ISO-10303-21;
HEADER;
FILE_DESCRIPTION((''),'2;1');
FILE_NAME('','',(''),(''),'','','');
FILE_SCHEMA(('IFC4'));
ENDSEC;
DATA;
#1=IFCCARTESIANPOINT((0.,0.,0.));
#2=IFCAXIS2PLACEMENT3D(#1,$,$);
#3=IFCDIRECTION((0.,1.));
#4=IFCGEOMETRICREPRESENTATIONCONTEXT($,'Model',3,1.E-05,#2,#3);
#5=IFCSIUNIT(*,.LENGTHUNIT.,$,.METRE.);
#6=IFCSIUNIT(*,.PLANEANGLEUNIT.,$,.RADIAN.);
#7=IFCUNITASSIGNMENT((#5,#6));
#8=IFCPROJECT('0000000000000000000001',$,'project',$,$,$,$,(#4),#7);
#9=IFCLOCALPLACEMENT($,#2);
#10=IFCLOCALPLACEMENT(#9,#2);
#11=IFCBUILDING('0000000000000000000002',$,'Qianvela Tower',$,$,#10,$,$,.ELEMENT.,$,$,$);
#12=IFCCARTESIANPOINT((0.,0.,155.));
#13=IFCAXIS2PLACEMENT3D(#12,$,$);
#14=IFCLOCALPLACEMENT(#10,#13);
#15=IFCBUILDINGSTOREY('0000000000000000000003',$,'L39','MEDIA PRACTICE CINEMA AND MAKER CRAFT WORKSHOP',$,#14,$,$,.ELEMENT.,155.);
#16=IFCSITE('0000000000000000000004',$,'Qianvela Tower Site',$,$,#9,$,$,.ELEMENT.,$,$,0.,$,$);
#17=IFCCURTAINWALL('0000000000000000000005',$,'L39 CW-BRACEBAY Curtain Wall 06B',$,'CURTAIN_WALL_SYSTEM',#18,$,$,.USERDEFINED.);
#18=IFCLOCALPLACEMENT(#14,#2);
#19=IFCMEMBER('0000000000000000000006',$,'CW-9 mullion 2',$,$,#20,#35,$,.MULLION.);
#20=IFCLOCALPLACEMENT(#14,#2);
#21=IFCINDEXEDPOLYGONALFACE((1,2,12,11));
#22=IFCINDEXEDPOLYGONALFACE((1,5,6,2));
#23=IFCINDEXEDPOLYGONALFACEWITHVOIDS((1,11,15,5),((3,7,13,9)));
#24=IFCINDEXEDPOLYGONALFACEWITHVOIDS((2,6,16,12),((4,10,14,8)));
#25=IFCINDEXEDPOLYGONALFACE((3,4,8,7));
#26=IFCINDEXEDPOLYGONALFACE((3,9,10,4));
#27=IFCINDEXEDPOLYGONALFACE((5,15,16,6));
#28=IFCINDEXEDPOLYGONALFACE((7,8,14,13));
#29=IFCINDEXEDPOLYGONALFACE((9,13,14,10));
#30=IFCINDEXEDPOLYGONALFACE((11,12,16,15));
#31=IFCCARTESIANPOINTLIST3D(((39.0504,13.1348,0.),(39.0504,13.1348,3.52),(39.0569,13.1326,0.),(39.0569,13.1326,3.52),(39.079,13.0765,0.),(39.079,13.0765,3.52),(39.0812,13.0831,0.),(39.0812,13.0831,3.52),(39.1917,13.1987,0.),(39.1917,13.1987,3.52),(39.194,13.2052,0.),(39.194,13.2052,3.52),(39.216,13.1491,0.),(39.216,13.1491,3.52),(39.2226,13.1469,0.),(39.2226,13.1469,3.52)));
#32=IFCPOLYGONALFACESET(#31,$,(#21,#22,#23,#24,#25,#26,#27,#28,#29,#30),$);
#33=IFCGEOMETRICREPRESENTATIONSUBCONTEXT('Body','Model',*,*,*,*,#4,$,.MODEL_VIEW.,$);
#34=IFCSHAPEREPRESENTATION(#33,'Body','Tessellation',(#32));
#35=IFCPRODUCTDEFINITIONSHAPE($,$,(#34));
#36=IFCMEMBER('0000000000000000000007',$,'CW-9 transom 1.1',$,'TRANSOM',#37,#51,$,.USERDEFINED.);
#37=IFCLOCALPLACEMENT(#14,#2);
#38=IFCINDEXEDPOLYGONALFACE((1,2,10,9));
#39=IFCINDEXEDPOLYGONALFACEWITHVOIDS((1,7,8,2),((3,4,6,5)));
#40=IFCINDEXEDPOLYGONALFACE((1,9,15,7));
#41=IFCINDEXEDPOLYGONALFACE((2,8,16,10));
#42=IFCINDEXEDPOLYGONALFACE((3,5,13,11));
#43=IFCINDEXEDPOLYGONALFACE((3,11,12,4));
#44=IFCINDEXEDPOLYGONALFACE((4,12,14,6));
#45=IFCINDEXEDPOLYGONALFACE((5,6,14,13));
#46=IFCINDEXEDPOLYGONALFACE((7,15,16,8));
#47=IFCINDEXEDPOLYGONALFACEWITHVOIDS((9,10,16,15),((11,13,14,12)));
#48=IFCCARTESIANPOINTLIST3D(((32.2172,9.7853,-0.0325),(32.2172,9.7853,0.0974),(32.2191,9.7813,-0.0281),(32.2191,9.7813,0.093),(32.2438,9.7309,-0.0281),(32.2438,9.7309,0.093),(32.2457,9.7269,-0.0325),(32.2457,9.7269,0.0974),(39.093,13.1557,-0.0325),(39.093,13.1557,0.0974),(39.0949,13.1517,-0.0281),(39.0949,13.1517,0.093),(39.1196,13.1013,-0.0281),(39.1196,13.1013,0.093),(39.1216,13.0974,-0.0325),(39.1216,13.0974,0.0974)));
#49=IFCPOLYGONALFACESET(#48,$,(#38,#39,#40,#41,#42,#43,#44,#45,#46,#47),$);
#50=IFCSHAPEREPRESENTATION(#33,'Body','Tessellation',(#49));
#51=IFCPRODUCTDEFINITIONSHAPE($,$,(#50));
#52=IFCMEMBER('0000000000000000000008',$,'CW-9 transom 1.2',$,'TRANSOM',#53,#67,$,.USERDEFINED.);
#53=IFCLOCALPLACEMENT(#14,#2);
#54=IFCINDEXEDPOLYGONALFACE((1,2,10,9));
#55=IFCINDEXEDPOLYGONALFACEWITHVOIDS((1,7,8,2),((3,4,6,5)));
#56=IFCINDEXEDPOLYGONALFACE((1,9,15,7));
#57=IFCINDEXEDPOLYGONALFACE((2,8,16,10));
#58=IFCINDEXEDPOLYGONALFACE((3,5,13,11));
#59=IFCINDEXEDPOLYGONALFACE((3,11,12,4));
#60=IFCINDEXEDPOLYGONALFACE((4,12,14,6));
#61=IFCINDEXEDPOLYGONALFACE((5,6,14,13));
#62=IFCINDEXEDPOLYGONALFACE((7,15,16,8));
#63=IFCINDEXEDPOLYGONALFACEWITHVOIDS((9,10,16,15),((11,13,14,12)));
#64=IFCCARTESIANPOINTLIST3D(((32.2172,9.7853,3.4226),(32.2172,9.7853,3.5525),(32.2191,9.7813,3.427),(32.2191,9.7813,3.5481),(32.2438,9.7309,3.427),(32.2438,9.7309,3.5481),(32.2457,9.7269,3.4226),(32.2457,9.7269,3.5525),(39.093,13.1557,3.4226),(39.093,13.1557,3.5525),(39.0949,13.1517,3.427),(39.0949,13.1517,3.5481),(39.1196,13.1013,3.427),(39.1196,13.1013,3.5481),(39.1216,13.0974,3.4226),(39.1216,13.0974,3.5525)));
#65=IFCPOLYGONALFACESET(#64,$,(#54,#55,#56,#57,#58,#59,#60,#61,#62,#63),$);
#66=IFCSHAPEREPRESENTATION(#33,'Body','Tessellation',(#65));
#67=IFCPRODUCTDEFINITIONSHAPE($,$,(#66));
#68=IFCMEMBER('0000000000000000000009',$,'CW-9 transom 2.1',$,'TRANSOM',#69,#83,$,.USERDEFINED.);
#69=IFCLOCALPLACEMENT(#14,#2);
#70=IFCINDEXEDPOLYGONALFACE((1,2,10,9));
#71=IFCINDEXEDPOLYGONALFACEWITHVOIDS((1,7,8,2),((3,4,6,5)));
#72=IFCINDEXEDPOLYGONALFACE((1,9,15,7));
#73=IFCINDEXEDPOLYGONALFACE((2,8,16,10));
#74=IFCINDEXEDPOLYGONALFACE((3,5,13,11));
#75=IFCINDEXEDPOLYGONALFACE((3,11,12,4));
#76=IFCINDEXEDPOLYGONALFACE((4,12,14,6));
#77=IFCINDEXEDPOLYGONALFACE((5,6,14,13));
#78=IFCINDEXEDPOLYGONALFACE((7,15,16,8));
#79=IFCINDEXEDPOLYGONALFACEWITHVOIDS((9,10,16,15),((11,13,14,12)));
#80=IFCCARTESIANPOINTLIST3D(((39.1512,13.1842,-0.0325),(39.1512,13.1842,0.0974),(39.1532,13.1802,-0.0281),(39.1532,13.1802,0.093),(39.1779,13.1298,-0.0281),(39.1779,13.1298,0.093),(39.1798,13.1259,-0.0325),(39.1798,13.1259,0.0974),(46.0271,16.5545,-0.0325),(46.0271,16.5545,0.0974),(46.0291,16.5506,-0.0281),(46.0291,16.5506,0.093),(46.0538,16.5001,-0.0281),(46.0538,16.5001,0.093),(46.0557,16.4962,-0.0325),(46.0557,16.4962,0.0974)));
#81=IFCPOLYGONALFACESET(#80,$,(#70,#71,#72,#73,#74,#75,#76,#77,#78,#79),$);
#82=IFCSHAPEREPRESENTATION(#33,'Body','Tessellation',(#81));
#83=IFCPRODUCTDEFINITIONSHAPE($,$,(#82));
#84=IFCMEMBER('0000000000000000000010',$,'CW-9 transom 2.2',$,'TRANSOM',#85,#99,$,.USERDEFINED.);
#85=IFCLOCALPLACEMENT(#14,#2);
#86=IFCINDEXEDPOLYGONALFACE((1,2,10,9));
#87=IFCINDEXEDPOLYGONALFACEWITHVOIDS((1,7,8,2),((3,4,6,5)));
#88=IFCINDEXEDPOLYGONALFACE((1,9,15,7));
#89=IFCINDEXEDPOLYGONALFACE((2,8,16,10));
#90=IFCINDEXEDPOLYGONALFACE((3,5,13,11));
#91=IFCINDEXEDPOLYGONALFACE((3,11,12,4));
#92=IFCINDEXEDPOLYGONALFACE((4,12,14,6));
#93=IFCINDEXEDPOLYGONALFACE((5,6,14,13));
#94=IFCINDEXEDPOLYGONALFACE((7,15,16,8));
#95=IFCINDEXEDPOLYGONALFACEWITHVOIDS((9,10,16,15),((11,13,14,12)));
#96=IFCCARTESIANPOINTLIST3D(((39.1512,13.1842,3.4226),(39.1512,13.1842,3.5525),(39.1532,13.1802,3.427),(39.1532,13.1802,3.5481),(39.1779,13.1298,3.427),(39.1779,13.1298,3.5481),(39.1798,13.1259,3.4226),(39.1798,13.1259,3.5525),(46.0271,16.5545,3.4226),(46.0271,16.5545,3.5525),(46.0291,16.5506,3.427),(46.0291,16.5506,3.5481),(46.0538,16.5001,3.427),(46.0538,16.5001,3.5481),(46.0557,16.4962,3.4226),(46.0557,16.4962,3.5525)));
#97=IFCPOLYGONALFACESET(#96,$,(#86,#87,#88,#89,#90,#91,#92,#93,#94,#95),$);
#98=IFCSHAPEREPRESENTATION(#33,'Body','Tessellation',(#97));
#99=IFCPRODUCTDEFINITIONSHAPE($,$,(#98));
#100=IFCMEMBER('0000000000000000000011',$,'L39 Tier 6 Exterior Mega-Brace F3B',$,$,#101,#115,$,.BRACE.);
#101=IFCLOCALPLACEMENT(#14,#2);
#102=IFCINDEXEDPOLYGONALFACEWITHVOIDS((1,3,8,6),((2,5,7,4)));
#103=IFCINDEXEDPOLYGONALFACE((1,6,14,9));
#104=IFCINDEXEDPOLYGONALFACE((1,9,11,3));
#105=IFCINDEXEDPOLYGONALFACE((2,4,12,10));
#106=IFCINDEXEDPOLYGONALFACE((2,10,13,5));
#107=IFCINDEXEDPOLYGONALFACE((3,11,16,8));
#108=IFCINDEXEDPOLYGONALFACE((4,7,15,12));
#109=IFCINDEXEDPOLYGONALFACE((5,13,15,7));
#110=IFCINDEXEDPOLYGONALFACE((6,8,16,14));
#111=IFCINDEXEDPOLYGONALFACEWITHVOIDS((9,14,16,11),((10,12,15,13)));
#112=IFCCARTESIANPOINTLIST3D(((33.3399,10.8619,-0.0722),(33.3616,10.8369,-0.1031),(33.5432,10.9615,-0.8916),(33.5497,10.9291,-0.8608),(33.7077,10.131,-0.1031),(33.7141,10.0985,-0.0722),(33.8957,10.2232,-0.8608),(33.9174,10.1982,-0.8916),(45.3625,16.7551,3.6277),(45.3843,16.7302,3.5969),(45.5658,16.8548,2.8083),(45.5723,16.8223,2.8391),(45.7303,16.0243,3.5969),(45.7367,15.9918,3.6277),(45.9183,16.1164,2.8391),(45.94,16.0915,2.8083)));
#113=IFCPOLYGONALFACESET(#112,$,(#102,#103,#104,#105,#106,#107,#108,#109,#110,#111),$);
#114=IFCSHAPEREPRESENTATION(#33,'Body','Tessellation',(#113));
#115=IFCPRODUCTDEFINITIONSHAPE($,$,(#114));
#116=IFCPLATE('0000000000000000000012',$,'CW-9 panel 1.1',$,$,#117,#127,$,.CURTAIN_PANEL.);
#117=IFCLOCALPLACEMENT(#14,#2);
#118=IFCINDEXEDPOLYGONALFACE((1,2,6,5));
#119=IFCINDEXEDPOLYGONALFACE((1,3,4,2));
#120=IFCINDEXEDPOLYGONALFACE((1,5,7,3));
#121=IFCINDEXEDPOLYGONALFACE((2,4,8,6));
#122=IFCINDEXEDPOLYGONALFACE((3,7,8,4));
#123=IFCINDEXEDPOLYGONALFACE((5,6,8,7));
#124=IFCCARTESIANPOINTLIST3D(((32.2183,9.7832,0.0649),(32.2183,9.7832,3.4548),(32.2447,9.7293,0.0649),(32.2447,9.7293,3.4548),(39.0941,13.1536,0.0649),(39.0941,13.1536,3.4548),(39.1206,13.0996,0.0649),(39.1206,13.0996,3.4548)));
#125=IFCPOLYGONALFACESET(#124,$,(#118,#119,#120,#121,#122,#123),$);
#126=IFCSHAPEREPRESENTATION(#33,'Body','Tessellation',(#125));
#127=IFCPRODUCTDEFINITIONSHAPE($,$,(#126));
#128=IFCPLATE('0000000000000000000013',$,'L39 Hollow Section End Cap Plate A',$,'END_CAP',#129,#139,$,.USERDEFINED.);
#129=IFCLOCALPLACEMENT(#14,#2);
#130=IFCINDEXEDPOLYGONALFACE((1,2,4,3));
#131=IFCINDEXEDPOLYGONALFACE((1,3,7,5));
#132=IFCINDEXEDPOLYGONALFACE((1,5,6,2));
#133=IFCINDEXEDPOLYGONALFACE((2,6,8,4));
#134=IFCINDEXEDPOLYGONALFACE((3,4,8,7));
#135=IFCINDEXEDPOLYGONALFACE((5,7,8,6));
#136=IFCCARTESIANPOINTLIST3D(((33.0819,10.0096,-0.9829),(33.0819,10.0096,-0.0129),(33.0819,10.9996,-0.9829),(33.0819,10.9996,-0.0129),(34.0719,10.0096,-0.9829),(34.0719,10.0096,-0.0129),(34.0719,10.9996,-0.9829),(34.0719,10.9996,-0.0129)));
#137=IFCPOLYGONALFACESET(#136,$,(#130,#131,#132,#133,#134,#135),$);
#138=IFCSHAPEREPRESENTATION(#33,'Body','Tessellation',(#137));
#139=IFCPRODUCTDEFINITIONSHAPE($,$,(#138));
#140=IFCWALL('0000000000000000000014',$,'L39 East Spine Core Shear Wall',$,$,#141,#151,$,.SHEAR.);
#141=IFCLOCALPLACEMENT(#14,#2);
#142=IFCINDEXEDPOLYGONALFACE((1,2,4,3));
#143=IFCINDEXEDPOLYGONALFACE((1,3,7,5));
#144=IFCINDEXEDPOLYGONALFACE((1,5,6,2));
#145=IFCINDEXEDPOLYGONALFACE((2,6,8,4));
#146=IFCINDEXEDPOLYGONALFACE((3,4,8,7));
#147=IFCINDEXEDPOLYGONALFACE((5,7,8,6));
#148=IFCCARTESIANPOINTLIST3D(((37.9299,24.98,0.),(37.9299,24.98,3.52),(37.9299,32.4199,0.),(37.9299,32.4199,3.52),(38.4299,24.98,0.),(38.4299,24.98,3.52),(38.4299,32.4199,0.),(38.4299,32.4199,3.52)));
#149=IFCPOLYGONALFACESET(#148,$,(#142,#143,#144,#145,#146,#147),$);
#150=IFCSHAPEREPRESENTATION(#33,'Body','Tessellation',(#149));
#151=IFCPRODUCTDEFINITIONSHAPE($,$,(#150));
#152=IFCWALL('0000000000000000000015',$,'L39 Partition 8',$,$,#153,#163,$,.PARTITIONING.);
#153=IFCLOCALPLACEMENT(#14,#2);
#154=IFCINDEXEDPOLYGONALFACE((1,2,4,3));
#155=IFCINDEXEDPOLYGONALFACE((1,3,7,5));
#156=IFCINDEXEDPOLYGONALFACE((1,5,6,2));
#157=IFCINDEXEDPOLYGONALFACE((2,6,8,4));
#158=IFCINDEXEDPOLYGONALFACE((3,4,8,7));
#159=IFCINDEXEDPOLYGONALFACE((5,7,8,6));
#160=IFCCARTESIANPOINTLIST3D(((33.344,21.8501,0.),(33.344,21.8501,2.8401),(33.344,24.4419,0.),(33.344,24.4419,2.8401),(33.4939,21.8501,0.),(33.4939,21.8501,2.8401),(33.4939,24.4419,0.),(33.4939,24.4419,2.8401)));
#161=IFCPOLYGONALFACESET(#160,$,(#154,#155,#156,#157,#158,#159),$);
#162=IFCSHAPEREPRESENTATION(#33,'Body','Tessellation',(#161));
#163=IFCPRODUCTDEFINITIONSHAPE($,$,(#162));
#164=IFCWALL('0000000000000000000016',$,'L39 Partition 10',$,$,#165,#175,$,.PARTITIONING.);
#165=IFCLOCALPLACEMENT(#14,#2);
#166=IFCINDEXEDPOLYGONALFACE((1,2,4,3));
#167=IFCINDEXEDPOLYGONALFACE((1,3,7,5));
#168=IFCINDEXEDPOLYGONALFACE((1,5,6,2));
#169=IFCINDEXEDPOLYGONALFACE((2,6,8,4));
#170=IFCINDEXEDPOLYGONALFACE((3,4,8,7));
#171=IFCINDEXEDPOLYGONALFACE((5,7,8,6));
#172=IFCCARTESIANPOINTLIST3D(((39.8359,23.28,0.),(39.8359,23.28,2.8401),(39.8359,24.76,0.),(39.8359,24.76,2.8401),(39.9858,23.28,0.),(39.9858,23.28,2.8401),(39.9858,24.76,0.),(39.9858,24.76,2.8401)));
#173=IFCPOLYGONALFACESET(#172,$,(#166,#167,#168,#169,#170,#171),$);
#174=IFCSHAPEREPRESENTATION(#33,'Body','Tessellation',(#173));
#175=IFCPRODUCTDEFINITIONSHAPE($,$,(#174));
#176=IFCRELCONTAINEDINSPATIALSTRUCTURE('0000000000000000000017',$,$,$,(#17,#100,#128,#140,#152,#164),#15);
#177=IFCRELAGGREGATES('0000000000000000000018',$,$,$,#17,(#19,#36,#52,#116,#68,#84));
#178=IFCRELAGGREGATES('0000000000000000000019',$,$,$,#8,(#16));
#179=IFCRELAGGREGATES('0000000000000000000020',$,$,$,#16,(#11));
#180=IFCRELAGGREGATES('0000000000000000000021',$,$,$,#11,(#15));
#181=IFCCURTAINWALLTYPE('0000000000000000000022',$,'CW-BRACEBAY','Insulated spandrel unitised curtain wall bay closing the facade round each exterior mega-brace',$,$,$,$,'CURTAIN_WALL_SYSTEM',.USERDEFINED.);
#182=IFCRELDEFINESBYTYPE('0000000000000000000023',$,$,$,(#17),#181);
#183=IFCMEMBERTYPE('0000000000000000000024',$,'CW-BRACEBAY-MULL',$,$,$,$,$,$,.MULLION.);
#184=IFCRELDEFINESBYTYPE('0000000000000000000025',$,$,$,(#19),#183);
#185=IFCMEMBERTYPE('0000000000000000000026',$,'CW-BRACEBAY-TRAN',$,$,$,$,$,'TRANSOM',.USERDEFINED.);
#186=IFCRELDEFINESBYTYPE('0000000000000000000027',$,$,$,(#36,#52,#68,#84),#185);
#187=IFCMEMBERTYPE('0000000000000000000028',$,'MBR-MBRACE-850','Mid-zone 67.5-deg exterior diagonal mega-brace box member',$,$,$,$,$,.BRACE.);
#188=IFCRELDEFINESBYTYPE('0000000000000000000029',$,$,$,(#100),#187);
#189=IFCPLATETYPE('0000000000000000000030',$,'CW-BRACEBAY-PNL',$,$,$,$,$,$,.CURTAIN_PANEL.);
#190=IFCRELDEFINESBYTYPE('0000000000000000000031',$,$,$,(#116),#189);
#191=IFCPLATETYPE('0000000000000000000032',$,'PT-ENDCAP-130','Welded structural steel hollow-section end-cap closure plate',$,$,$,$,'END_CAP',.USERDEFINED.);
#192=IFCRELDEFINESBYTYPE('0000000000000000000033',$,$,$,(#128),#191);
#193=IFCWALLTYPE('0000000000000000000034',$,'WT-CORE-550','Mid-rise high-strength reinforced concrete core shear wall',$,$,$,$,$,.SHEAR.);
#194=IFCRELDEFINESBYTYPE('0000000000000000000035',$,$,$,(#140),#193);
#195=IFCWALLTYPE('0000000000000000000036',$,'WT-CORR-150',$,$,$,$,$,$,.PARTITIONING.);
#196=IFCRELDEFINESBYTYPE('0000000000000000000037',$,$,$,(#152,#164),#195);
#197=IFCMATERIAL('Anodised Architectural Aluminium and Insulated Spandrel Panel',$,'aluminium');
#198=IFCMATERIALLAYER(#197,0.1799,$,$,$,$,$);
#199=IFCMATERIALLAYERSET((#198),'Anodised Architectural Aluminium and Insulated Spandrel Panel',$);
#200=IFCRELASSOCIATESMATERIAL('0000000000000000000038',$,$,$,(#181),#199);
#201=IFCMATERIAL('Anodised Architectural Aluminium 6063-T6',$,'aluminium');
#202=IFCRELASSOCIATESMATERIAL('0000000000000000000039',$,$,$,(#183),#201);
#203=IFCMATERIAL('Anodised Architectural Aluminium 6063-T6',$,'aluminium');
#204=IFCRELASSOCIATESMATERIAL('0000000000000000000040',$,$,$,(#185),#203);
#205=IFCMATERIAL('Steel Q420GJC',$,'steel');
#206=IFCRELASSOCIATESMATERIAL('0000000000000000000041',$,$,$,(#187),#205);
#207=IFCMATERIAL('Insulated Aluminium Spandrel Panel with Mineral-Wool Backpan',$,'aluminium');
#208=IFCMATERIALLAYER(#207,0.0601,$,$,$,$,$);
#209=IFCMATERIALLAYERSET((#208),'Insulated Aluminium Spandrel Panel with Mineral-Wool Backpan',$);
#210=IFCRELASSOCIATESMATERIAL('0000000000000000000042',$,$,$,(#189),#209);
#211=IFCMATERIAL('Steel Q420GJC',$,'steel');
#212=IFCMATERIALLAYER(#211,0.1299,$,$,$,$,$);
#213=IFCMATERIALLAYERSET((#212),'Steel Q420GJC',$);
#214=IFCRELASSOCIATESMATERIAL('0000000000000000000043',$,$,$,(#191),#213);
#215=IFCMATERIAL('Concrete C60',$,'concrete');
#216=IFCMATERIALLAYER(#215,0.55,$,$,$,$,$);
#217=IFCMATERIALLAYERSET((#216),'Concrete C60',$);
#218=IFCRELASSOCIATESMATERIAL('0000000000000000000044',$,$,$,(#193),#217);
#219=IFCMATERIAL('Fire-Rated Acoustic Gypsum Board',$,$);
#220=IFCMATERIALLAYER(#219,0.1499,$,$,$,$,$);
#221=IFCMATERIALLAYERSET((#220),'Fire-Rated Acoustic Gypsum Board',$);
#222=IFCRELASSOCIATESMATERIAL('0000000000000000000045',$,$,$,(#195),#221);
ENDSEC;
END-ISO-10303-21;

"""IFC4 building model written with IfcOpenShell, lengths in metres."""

from ifc_helpers import new_model, si_unit, direction, frame, frame_2d, origin, origin_2d, place, context, subcontext, project, spatial, rectangle, hollow_rectangle, extrude, material, layer, layer_set, material_profile, profile_set, type_object, element, aggregate, save


model = new_model("IFC4")

# Units and contexts
model_context = context("Model", 3, precision=1e-05, world=origin(), true_north=direction((0.0, 1.0)))
body_context = subcontext(model_context, "Body", "Model", "MODEL_VIEW")
ifc_project = project(units=[si_unit("LENGTHUNIT", "METRE"), si_unit("PLANEANGLEUNIT", "RADIAN")], contexts=[model_context])

# Site, building, storey
site_placement = place(None, origin())
site = spatial("IfcSite", under=ifc_project, at=site_placement, Name="Qianvela Tower Site", CompositionType="ELEMENT", RefElevation=0.0)
building_placement = place(site_placement, origin())
building = spatial("IfcBuilding", under=site, at=building_placement, Name="Qianvela Tower", CompositionType="ELEMENT")
storey_placement = place(building_placement, frame((0.0, 0.0, 155.0)))
storey = spatial("IfcBuildingStorey", under=building, at=storey_placement, Name="L39", Description="MEDIA PRACTICE CINEMA AND MAKER CRAFT WORKSHOP", CompositionType="ELEMENT", Elevation=155.0)

# Curtain wall, members
ifc_material_1 = material(Name="Anodised Architectural Aluminium and Insulated Spandrel Panel", Category="aluminium")
ifc_layer_1 = layer(ifc_material_1, 0.1799)
ifc_layer_set_1 = layer_set([ifc_layer_1], Name="Anodised Architectural Aluminium and Insulated Spandrel Panel")
curtain_wall_type = type_object("IfcCurtainWallType", Name="CW-BRACEBAY", Description="Insulated spandrel unitised curtain wall bay closing the facade round each exterior mega-brace", ElementType="CURTAIN_WALL_SYSTEM", PredefinedType="USERDEFINED", material=ifc_layer_set_1)
curtain_wall_placement = place(storey_placement, origin())
curtain_wall = element("IfcCurtainWall", 1, at=curtain_wall_placement, inside=storey, type_object=curtain_wall_type, Name="L39 CW-BRACEBAY Curtain Wall 06B", ObjectType="CURTAIN_WALL_SYSTEM", PredefinedType="USERDEFINED")
ifc_material_2 = material(Name="Anodised Architectural Aluminium 6063-T6", Category="aluminium")
ifc_material_profile_1 = material_profile(ifc_material_2, hollow_rectangle(XDim=0.0649, YDim=0.1599, WallThickness=0.0049, at=origin_2d()), Name="ALU-MULL-65x160")
ifc_profile_set_1 = profile_set([ifc_material_profile_1], Name="Anodised Architectural Aluminium 6063-T6")
member_type_1 = type_object("IfcMemberType", Name="CW-BRACEBAY-MULL", PredefinedType="MULLION", material=ifc_profile_set_1)
member_1_placement = place(storey_placement, frame((39.1365, 13.1409, 0.0), z_axis=(0.0, 0.0, 1.0), x_axis=(-0.440141, 0.897929, 0.0)))
member_1 = element("IfcMember", 2, at=member_1_placement, type_object=member_type_1, Name="CW-9 mullion 2", PredefinedType="MULLION", context=body_context, shape_type="SweptSolid", body=[
    extrude(hollow_rectangle(XDim=0.0649, YDim=0.1599, WallThickness=0.0049, at=origin_2d()), origin(), (0.0, 0.0, 1.0), 3.52),
])
ifc_material_3 = material(Name="Anodised Architectural Aluminium 6063-T6", Category="aluminium")
ifc_material_profile_2 = material_profile(ifc_material_3, hollow_rectangle(XDim=0.0649, YDim=0.1299, WallThickness=0.0044, at=origin_2d()), Name="ALU-TRAN-65x130")
ifc_profile_set_2 = profile_set([ifc_material_profile_2], Name="Anodised Architectural Aluminium 6063-T6")
member_type_2 = type_object("IfcMemberType", Name="CW-BRACEBAY-TRAN", ElementType="TRANSOM", PredefinedType="USERDEFINED", material=ifc_profile_set_2)
member_2_placement = place(storey_placement, frame((32.2314, 9.7561, 0.0325), z_axis=(0.897926, 0.440147, 0.0), x_axis=(-0.440147, 0.897926, 0.0)))
member_2 = element("IfcMember", 3, at=member_2_placement, type_object=member_type_2, Name="CW-9 transom 1.1", ObjectType="TRANSOM", PredefinedType="USERDEFINED", context=body_context, shape_type="SweptSolid", body=[
    extrude(hollow_rectangle(XDim=0.0649, YDim=0.1299, WallThickness=0.0044, at=origin_2d()), origin(), (0.0, 0.0, 1.0), 7.6575),
])
member_3_placement = place(storey_placement, frame((32.2314, 9.7561, 3.4875), z_axis=(0.897926, 0.440147, 0.0), x_axis=(-0.440147, 0.897926, 0.0)))
member_3 = element("IfcMember", 4, at=member_3_placement, type_object=member_type_2, Name="CW-9 transom 1.2", ObjectType="TRANSOM", PredefinedType="USERDEFINED", context=body_context, shape_type="SweptSolid", body=[
    extrude(hollow_rectangle(XDim=0.0649, YDim=0.1299, WallThickness=0.0044, at=origin_2d()), origin(), (0.0, 0.0, 1.0), 7.6575),
])
member_4_placement = place(storey_placement, frame((39.1655, 13.155, 0.0325), z_axis=(0.897932, 0.440135, 0.0), x_axis=(-0.440135, 0.897932, 0.0)))
member_4 = element("IfcMember", 5, at=member_4_placement, type_object=member_type_2, Name="CW-9 transom 2.1", ObjectType="TRANSOM", PredefinedType="USERDEFINED", context=body_context, shape_type="SweptSolid", body=[
    extrude(hollow_rectangle(XDim=0.0649, YDim=0.1299, WallThickness=0.0044, at=origin_2d()), origin(), (0.0, 0.0, 1.0), 7.6575),
])
member_5_placement = place(storey_placement, frame((39.1655, 13.155, 3.4875), z_axis=(0.897932, 0.440135, 0.0), x_axis=(-0.440135, 0.897932, 0.0)))
member_5 = element("IfcMember", 6, at=member_5_placement, type_object=member_type_2, Name="CW-9 transom 2.2", ObjectType="TRANSOM", PredefinedType="USERDEFINED", context=body_context, shape_type="SweptSolid", body=[
    extrude(hollow_rectangle(XDim=0.0649, YDim=0.1299, WallThickness=0.0044, at=origin_2d()), origin(), (0.0, 0.0, 1.0), 7.6575),
])

# Member
ifc_material_4 = material(Name="Steel Q420GJC", Category="steel")
ifc_material_profile_3 = material_profile(ifc_material_4, hollow_rectangle(XDim=0.8501, YDim=0.8501, WallThickness=0.032, at=origin_2d()), Name="MBOX-850x850x32")
ifc_profile_set_3 = profile_set([ifc_material_profile_3], Name="Steel Q420GJC")
member_type_3 = type_object("IfcMemberType", Name="MBR-MBRACE-850", Description="Mid-zone 67.5-deg exterior diagonal mega-brace box member", PredefinedType="BRACE", material=ifc_profile_set_3)
member_6_placement = place(storey_placement, frame((33.6287, 10.53, -0.4819), z_axis=(0.865489, 0.424247, 0.266352), x_axis=(-0.440147, 0.897926, 0.0)))
element("IfcMember", 7, at=member_6_placement, inside=storey, type_object=member_type_3, Name="L39 Tier 6 Exterior Mega-Brace F3B", PredefinedType="BRACE", context=body_context, shape_type="SweptSolid", body=[
    extrude(hollow_rectangle(XDim=0.8501, YDim=0.8501, WallThickness=0.032, at=origin_2d()), origin(), (0.0, 0.0, 1.0), 13.8911),
])

# Plates
ifc_material_5 = material(Name="Insulated Aluminium Spandrel Panel with Mineral-Wool Backpan", Category="aluminium")
ifc_layer_2 = layer(ifc_material_5, 0.0601)
ifc_layer_set_2 = layer_set([ifc_layer_2], Name="Insulated Aluminium Spandrel Panel with Mineral-Wool Backpan")
plate_type_1 = type_object("IfcPlateType", Name="CW-BRACEBAY-PNL", PredefinedType="CURTAIN_PANEL", material=ifc_layer_set_2)
plate_1_placement = place(storey_placement, frame((35.6694, 11.4414, 0.0649), z_axis=(0.0, 0.0, 1.0), x_axis=(0.897929, 0.440141, 0.0)))
plate_1 = element("IfcPlate", 8, at=plate_1_placement, type_object=plate_type_1, Name="CW-9 panel 1.1", PredefinedType="CURTAIN_PANEL", context=body_context, shape_type="SweptSolid", body=[
    extrude(rectangle(XDim=7.6575, YDim=0.0601, at=origin_2d()), origin(), (0.0, 0.0, 1.0), 3.3899),
])
aggregate(curtain_wall, [member_1, member_2, member_3, plate_1, member_4, member_5])
ifc_material_6 = material(Name="Steel Q420GJC", Category="steel")
ifc_layer_3 = layer(ifc_material_6, 0.1299)
ifc_layer_set_3 = layer_set([ifc_layer_3], Name="Steel Q420GJC")
plate_type_2 = type_object("IfcPlateType", Name="PT-ENDCAP-130", Description="Welded structural steel hollow-section end-cap closure plate", ElementType="END_CAP", PredefinedType="USERDEFINED", material=ifc_layer_set_3)
plate_2_placement = place(storey_placement, frame((33.5769, 10.5046, -0.9829), z_axis=(0.0, 0.0, 1.0), x_axis=(1.0, 0.0, 0.0)))
element("IfcPlate", 9, at=plate_2_placement, inside=storey, type_object=plate_type_2, Name="L39 Hollow Section End Cap Plate A", ObjectType="END_CAP", PredefinedType="USERDEFINED", context=body_context, shape_type="SweptSolid", body=[
    extrude(rectangle(XDim=0.99, YDim=0.99, at=origin_2d()), origin(), (0.0, 0.0, 1.0), 0.97),
])

# Wall
ifc_material_7 = material(Name="Concrete C60", Category="concrete")
ifc_layer_4 = layer(ifc_material_7, 0.55)
ifc_layer_set_4 = layer_set([ifc_layer_4], Name="Concrete C60")
wall_type_1 = type_object("IfcWallType", Name="WT-CORE-550", Description="Mid-rise high-strength reinforced concrete core shear wall", PredefinedType="SHEAR", material=ifc_layer_set_4)
wall_1_placement = place(storey_placement, frame((38.1799, 24.98, 0.0), z_axis=(0.0, 0.0, 1.0), x_axis=(0.0, 1.0, 0.0)))
element("IfcWall", 10, at=wall_1_placement, inside=storey, type_object=wall_type_1, Name="L39 East Spine Core Shear Wall", PredefinedType="SHEAR", context=body_context, shape_type="SweptSolid", body=[
    extrude(rectangle(XDim=7.4399, YDim=0.5, at=frame_2d((3.72, 0.0))), origin(), (0.0, 0.0, 1.0), 3.52),
])

# Shared definitions
ifc_material_8 = material(Name="Fire-Rated Acoustic Gypsum Board")
ifc_layer_5 = layer(ifc_material_8, 0.1499)
ifc_layer_set_5 = layer_set([ifc_layer_5], Name="Fire-Rated Acoustic Gypsum Board")
wall_type_2 = type_object("IfcWallType", Name="WT-CORR-150", PredefinedType="PARTITIONING", material=ifc_layer_set_5)

# Walls
wall_2_placement = place(storey_placement, frame((33.4189, 24.4419, 0.0), z_axis=(0.0, 0.0, 1.0), x_axis=(0.0, -1.0, 0.0)))
element("IfcWall", 11, at=wall_2_placement, inside=storey, type_object=wall_type_2, Name="L39 Partition 8", PredefinedType="PARTITIONING", context=body_context, shape_type="SweptSolid", body=[
    extrude(rectangle(XDim=2.5918, YDim=0.1499, at=frame_2d((1.2959, 0.0))), origin(), (0.0, 0.0, 1.0), 2.8401),
])
wall_3_placement = place(storey_placement, frame((39.9109, 23.28, 0.0), z_axis=(0.0, 0.0, 1.0), x_axis=(0.0, 1.0, 0.0)))
element("IfcWall", 12, at=wall_3_placement, inside=storey, type_object=wall_type_2, Name="L39 Partition 10", PredefinedType="PARTITIONING", context=body_context, shape_type="SweptSolid", body=[
    extrude(rectangle(XDim=1.48, YDim=0.1499, at=frame_2d((0.74, 0.0))), origin(), (0.0, 0.0, 1.0), 2.8401),
])

save(model, "model.ifc")
